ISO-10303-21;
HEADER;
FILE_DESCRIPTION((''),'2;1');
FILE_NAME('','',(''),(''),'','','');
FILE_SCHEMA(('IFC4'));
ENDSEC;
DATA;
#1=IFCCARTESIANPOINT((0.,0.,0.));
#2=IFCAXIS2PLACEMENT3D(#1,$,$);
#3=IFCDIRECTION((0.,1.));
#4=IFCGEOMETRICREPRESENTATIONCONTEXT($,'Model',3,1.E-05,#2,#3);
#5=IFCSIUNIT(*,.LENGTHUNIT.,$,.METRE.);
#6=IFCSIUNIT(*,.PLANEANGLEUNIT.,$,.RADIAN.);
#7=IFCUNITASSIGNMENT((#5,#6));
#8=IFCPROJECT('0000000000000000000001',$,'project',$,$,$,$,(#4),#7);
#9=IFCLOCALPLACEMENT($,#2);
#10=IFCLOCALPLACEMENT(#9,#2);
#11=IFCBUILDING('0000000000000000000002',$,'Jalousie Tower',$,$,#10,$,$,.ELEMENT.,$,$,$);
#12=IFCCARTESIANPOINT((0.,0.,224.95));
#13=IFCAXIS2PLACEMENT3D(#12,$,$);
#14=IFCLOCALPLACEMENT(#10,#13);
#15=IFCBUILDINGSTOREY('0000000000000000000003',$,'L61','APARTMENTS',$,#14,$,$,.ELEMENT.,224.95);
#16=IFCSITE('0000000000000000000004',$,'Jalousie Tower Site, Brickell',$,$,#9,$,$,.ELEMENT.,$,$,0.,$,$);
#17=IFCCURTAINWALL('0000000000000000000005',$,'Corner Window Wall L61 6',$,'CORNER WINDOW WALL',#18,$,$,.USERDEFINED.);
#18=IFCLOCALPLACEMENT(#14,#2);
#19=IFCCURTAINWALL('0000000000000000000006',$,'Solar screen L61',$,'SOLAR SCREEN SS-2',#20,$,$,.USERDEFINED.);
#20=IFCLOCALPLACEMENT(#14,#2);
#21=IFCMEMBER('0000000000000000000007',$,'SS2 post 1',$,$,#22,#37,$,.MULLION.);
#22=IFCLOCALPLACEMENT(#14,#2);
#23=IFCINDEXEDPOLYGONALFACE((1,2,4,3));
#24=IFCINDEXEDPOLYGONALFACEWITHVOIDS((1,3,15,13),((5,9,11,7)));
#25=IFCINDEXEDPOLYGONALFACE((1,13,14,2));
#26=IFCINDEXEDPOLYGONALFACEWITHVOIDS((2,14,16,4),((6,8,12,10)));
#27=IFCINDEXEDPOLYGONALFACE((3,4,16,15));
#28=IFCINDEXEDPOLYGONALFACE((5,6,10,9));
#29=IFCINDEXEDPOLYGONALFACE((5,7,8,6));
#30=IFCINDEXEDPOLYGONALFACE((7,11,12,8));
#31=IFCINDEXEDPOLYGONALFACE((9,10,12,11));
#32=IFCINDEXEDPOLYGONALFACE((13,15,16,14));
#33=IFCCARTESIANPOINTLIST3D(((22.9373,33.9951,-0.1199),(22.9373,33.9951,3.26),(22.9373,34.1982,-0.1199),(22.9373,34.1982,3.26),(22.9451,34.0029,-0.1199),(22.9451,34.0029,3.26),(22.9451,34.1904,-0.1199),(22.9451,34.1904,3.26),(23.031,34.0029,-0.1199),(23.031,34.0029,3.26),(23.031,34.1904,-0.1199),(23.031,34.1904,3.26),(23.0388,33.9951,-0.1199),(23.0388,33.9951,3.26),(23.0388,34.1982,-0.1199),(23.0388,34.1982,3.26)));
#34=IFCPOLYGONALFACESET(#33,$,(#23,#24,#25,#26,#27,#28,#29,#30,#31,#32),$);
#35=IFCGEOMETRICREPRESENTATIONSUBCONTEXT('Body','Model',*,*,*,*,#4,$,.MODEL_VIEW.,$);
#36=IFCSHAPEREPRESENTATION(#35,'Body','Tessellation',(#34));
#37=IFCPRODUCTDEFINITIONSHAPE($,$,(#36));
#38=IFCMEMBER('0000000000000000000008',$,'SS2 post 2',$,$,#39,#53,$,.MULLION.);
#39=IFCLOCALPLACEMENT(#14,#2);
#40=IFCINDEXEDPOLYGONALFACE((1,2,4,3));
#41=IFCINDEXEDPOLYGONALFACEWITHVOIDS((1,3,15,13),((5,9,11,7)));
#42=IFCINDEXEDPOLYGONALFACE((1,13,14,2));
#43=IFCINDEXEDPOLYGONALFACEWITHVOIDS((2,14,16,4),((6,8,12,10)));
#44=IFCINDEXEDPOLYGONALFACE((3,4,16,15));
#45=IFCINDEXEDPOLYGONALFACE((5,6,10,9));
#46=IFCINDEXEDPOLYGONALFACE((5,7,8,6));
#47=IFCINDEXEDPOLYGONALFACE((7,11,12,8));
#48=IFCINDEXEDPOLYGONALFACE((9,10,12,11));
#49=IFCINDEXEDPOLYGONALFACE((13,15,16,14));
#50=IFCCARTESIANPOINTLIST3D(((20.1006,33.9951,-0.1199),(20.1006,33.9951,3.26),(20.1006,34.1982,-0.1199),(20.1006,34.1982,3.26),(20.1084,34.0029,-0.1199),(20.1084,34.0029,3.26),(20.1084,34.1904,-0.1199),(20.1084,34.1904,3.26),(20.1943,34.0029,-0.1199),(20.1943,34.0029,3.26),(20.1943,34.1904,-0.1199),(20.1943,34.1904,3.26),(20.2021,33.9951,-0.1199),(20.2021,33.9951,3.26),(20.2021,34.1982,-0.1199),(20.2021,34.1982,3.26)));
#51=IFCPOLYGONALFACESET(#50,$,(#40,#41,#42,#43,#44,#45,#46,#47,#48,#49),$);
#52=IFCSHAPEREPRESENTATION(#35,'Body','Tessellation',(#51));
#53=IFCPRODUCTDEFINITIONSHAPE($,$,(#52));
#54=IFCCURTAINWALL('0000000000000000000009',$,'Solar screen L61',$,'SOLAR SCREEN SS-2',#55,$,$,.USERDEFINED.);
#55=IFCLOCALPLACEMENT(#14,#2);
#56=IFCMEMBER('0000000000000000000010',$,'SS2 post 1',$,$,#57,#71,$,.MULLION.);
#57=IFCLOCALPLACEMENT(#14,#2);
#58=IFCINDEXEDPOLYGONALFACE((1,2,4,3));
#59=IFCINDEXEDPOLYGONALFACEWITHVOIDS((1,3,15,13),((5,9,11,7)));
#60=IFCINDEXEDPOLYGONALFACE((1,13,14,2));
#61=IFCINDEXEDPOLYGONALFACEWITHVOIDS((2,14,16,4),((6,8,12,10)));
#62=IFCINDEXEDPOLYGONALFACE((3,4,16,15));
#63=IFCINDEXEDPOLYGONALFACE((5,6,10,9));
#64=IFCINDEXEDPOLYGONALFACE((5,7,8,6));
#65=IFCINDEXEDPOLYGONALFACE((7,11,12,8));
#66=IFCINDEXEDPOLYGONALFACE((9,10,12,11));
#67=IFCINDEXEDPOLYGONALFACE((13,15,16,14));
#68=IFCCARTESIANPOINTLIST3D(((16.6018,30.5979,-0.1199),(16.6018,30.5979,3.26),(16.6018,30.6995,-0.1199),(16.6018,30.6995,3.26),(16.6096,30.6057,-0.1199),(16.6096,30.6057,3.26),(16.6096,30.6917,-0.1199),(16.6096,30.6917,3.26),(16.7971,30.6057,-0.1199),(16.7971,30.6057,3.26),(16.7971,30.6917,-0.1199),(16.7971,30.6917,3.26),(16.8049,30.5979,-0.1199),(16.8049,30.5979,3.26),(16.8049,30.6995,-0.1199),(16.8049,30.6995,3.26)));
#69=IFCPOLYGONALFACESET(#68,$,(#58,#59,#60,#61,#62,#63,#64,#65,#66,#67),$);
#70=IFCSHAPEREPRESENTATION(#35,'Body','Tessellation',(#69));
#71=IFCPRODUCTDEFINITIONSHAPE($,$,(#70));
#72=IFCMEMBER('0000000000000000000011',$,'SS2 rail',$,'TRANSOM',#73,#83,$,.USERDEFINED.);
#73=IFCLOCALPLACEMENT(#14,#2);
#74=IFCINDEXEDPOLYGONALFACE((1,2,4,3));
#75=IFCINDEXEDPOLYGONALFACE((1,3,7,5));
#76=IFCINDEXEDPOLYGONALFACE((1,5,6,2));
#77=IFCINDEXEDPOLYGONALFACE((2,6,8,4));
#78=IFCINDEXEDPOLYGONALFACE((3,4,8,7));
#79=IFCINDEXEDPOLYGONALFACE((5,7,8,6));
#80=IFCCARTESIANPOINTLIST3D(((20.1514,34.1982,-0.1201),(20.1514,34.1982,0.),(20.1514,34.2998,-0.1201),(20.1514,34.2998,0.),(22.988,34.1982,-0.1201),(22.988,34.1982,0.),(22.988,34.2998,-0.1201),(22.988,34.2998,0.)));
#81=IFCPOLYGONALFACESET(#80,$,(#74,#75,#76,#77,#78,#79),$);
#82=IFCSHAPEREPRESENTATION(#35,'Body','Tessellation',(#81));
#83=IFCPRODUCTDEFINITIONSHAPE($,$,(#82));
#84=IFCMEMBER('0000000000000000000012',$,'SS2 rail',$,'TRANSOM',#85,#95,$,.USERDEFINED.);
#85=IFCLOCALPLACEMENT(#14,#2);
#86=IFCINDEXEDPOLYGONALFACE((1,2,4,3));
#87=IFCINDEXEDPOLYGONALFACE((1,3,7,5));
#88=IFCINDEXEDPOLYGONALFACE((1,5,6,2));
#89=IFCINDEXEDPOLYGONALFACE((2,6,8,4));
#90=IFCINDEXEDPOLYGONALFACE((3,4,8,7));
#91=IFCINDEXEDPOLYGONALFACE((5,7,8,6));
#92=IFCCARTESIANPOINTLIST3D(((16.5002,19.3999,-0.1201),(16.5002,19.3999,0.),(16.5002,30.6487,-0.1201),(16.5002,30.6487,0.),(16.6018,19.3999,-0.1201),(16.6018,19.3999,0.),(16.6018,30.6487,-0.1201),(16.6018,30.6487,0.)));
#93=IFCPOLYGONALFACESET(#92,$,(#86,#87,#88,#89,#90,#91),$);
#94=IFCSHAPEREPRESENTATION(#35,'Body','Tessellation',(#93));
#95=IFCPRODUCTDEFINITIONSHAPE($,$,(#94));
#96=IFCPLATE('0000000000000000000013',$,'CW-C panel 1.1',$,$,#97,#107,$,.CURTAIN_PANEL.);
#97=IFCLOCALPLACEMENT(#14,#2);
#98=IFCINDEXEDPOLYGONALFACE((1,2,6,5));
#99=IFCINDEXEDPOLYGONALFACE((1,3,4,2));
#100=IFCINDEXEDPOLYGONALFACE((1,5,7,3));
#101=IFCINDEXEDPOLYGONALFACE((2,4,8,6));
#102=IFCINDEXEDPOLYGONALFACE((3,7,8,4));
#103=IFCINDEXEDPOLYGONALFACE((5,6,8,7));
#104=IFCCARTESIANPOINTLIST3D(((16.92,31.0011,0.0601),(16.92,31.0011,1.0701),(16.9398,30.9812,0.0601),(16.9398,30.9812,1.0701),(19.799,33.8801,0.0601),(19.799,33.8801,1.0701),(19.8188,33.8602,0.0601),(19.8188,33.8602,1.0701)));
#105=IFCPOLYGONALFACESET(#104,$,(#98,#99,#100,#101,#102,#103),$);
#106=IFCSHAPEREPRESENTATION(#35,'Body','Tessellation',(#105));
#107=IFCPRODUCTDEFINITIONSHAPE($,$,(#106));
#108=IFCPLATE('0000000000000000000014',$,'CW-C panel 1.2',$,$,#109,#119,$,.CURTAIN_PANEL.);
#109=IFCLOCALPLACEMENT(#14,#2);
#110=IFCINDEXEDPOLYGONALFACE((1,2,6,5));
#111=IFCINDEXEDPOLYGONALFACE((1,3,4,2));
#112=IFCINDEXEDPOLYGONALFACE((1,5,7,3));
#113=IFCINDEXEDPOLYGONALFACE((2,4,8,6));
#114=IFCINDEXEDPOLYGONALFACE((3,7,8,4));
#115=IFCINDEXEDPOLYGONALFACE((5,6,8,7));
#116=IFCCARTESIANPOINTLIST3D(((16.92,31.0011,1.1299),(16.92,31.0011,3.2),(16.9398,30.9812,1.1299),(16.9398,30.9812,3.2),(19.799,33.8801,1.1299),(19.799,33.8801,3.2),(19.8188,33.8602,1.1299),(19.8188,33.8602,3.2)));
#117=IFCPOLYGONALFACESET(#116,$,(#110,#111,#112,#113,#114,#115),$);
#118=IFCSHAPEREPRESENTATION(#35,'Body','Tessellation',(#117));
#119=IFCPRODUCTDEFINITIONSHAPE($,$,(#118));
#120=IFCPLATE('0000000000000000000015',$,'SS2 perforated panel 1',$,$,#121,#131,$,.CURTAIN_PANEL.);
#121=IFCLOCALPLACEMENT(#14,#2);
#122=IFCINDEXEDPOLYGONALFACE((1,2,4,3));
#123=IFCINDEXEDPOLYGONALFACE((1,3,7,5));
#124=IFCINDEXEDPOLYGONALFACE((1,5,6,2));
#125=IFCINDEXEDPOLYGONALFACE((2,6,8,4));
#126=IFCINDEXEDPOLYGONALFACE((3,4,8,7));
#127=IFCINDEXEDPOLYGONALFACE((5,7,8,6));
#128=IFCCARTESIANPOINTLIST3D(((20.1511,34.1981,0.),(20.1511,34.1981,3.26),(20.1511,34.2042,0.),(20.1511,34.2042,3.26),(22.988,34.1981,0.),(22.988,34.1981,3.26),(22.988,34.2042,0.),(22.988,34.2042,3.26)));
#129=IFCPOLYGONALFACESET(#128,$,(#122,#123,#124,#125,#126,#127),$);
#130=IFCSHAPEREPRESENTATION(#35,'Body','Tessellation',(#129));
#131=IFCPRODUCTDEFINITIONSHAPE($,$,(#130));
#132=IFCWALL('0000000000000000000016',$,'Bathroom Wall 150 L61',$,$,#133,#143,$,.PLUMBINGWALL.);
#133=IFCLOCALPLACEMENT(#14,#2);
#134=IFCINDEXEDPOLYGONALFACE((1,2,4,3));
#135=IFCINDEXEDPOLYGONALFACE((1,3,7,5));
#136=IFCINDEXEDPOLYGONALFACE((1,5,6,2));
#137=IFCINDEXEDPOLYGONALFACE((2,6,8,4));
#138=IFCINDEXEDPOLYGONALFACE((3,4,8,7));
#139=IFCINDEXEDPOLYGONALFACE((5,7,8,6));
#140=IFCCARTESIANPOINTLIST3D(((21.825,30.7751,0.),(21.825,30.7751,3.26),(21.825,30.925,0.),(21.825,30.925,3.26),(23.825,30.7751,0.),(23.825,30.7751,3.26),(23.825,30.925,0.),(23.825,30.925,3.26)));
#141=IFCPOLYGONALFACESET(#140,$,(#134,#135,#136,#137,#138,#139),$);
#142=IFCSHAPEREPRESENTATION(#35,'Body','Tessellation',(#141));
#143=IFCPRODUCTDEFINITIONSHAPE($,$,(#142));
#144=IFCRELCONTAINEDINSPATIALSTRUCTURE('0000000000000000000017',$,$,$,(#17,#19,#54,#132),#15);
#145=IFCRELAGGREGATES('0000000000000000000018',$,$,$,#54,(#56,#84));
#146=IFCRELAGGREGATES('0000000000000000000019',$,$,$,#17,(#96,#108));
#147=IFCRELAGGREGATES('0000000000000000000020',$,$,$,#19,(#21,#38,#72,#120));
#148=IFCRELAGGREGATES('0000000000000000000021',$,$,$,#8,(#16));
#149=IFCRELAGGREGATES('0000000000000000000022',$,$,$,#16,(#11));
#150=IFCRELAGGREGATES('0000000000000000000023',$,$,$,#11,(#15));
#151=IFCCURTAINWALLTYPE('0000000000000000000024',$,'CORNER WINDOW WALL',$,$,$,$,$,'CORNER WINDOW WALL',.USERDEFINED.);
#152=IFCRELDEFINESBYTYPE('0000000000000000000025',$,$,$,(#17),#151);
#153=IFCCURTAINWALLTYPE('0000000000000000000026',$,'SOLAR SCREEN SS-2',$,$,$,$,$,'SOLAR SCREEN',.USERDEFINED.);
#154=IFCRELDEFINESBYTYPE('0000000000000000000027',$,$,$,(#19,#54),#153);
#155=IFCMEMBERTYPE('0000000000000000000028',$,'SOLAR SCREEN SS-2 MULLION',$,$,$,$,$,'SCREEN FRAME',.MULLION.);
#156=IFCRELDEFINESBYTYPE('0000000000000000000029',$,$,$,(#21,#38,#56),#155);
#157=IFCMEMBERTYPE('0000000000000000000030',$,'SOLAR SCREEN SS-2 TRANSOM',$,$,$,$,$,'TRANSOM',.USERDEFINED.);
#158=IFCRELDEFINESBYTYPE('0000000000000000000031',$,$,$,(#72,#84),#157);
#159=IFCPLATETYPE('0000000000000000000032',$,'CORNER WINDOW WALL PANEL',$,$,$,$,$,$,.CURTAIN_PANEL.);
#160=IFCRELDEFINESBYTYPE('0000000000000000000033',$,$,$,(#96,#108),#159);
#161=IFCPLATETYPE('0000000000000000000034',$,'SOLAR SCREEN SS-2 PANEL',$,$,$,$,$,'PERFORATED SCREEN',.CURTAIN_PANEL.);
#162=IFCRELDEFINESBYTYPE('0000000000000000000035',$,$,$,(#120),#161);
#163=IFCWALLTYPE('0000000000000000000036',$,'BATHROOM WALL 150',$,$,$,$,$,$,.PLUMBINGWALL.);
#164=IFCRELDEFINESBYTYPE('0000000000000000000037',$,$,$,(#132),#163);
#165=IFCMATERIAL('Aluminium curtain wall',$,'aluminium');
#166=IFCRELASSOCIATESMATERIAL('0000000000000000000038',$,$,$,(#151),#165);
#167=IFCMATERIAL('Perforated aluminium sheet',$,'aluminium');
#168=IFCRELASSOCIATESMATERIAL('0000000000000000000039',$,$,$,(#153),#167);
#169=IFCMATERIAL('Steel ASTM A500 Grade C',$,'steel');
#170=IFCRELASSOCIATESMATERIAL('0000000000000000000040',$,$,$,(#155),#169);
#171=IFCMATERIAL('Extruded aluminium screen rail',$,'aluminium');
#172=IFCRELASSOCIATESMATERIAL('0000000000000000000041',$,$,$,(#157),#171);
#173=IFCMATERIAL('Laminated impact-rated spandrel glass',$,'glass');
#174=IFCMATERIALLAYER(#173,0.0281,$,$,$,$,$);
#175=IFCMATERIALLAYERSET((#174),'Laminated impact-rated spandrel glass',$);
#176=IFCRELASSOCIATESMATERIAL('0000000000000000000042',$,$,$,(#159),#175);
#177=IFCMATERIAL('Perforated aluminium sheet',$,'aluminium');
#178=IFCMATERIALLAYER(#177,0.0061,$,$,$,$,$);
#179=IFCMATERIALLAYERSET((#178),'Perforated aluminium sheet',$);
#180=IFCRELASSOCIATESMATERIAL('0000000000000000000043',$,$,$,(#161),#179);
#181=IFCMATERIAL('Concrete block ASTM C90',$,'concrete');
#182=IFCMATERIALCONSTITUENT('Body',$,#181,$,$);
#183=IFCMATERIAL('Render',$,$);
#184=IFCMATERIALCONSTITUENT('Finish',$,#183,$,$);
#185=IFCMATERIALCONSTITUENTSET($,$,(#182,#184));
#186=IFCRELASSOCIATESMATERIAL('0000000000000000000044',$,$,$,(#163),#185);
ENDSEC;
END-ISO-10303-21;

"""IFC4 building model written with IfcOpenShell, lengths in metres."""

from ifc_helpers import new_model, si_unit, direction, frame, frame_2d, origin, origin_2d, place, context, subcontext, project, spatial, rectangle, hollow_rectangle, extrude, material, layer, layer_set, constituent, constituent_set, material_profile, profile_set, type_object, element, aggregate, save


model = new_model("IFC4")

# Units and contexts
model_context = context("Model", 3, precision=1e-05, world=origin(), true_north=direction((0.0, 1.0)))
body_context = subcontext(model_context, "Body", "Model", "MODEL_VIEW")
ifc_project = project(units=[si_unit("LENGTHUNIT", "METRE"), si_unit("PLANEANGLEUNIT", "RADIAN")], contexts=[model_context])

# Site, building, storey
site_placement = place(None, origin())
site = spatial("IfcSite", under=ifc_project, at=site_placement, Name="Jalousie Tower Site, Brickell", CompositionType="ELEMENT", RefElevation=0.0)
building_placement = place(site_placement, origin())
building = spatial("IfcBuilding", under=site, at=building_placement, Name="Jalousie Tower", CompositionType="ELEMENT")
storey_placement = place(building_placement, frame((0.0, 0.0, 224.95)))
storey = spatial("IfcBuildingStorey", under=building, at=storey_placement, Name="L61", Description="APARTMENTS", CompositionType="ELEMENT", Elevation=224.95)

# Curtain wall
ifc_material_1 = material(Name="Aluminium curtain wall", Category="aluminium")
curtain_wall_type_1 = type_object("IfcCurtainWallType", Name="CORNER WINDOW WALL", ElementType="CORNER WINDOW WALL", PredefinedType="USERDEFINED", material=ifc_material_1)
curtain_wall_1_placement = place(storey_placement, origin())
curtain_wall_1 = element("IfcCurtainWall", 1, at=curtain_wall_1_placement, inside=storey, type_object=curtain_wall_type_1, Name="Corner Window Wall L61 6", ObjectType="CORNER WINDOW WALL", PredefinedType="USERDEFINED")

# Curtain wall, members
ifc_material_2 = material(Name="Perforated aluminium sheet", Category="aluminium")
curtain_wall_type_2 = type_object("IfcCurtainWallType", Name="SOLAR SCREEN SS-2", ElementType="SOLAR SCREEN", PredefinedType="USERDEFINED", material=ifc_material_2)
curtain_wall_2_placement = place(storey_placement, origin())
curtain_wall_2 = element("IfcCurtainWall", 2, at=curtain_wall_2_placement, inside=storey, type_object=curtain_wall_type_2, Name="Solar screen L61", ObjectType="SOLAR SCREEN SS-2", PredefinedType="USERDEFINED")
ifc_material_3 = material(Name="Steel ASTM A500 Grade C", Category="steel")
ifc_material_profile_1 = material_profile(ifc_material_3, hollow_rectangle(XDim=0.1016, YDim=0.2031, WallThickness=0.0078, at=origin_2d()), Name="HSS8X4X5/16")
ifc_profile_set_1 = profile_set([ifc_material_profile_1], Name="Steel ASTM A500 Grade C")
member_type_1 = type_object("IfcMemberType", Name="SOLAR SCREEN SS-2 MULLION", ElementType="SCREEN FRAME", PredefinedType="MULLION", material=ifc_profile_set_1)
member_1_placement = place(storey_placement, frame((22.988, 34.0967, -0.1199), z_axis=(0.0, 0.0, 1.0), x_axis=(-1.0, 0.0, 0.0)))
member_1 = element("IfcMember", 3, at=member_1_placement, type_object=member_type_1, Name="SS2 post 1", PredefinedType="MULLION", context=body_context, shape_type="SweptSolid", body=[
    extrude(hollow_rectangle(XDim=0.1016, YDim=0.2031, WallThickness=0.0078, at=origin_2d()), origin(), (0.0, 0.0, 1.0), 3.3799),
])
member_2_placement = place(storey_placement, frame((20.1514, 34.0967, -0.1199), z_axis=(0.0, 0.0, 1.0), x_axis=(-1.0, 0.0, 0.0)))
member_2 = element("IfcMember", 4, at=member_2_placement, type_object=member_type_1, Name="SS2 post 2", PredefinedType="MULLION", context=body_context, shape_type="SweptSolid", body=[
    extrude(hollow_rectangle(XDim=0.1016, YDim=0.2031, WallThickness=0.0078, at=origin_2d()), origin(), (0.0, 0.0, 1.0), 3.3799),
])

# Curtain wall, member
curtain_wall_3_placement = place(storey_placement, origin())
curtain_wall_3 = element("IfcCurtainWall", 5, at=curtain_wall_3_placement, inside=storey, type_object=curtain_wall_type_2, Name="Solar screen L61", ObjectType="SOLAR SCREEN SS-2", PredefinedType="USERDEFINED")
member_3_placement = place(storey_placement, frame((16.7034, 30.6487, -0.1199), z_axis=(0.0, 0.0, 1.0), x_axis=(0.0, -1.0, 0.0)))
member_3 = element("IfcMember", 6, at=member_3_placement, type_object=member_type_1, Name="SS2 post 1", PredefinedType="MULLION", context=body_context, shape_type="SweptSolid", body=[
    extrude(hollow_rectangle(XDim=0.1016, YDim=0.2031, WallThickness=0.0078, at=origin_2d()), origin(), (0.0, 0.0, 1.0), 3.3799),
])

# Members
ifc_material_4 = material(Name="Extruded aluminium screen rail", Category="aluminium")
ifc_material_profile_2 = material_profile(ifc_material_4, rectangle(XDim=0.1016, YDim=0.1201, at=origin_2d()), Name="RAIL 102x120")
ifc_profile_set_2 = profile_set([ifc_material_profile_2], Name="Extruded aluminium screen rail")
member_type_2 = type_object("IfcMemberType", Name="SOLAR SCREEN SS-2 TRANSOM", ElementType="TRANSOM", PredefinedType="USERDEFINED", material=ifc_profile_set_2)
member_4_placement = place(storey_placement, frame((22.988, 34.249, -0.0601), z_axis=(-1.0, 0.0, 0.0), x_axis=(0.0, -1.0, 0.0)))
member_4 = element("IfcMember", 7, at=member_4_placement, type_object=member_type_2, Name="SS2 rail", ObjectType="TRANSOM", PredefinedType="USERDEFINED", context=body_context, shape_type="SweptSolid", body=[
    extrude(rectangle(XDim=0.1016, YDim=0.1201, at=origin_2d()), origin(), (0.0, 0.0, 1.0), 2.8367),
])
member_5_placement = place(storey_placement, frame((16.551, 30.6487, -0.0601), z_axis=(0.0, -1.0, 0.0), x_axis=(1.0, 0.0, 0.0)))
member_5 = element("IfcMember", 8, at=member_5_placement, type_object=member_type_2, Name="SS2 rail", ObjectType="TRANSOM", PredefinedType="USERDEFINED", context=body_context, shape_type="SweptSolid", body=[
    extrude(rectangle(XDim=0.1016, YDim=0.1201, at=origin_2d()), origin(), (0.0, 0.0, 1.0), 11.2488),
])
aggregate(curtain_wall_3, [member_3, member_5])

# Plates
ifc_material_5 = material(Name="Laminated impact-rated spandrel glass", Category="glass")
ifc_layer_1 = layer(ifc_material_5, 0.0281)
ifc_layer_set_1 = layer_set([ifc_layer_1], Name="Laminated impact-rated spandrel glass")
plate_type_1 = type_object("IfcPlateType", Name="CORNER WINDOW WALL PANEL", PredefinedType="CURTAIN_PANEL", material=ifc_layer_set_1)
plate_1_placement = place(storey_placement, frame((18.3694, 32.4307, 0.0601), z_axis=(0.0, 0.0, 1.0), x_axis=(-0.707107, -0.707107, 0.0)))
plate_1 = element("IfcPlate", 9, at=plate_1_placement, type_object=plate_type_1, Name="CW-C panel 1.1", PredefinedType="CURTAIN_PANEL", context=body_context, shape_type="SweptSolid", body=[
    extrude(rectangle(XDim=4.0715, YDim=0.0281, at=origin_2d()), origin(), (0.0, 0.0, 1.0), 1.01),
])
plate_2_placement = place(storey_placement, frame((18.3694, 32.4307, 1.1299), z_axis=(0.0, 0.0, 1.0), x_axis=(-0.707107, -0.707107, 0.0)))
plate_2 = element("IfcPlate", 10, at=plate_2_placement, type_object=plate_type_1, Name="CW-C panel 1.2", PredefinedType="CURTAIN_PANEL", context=body_context, shape_type="SweptSolid", body=[
    extrude(rectangle(XDim=4.0715, YDim=0.0281, at=origin_2d()), origin(), (0.0, 0.0, 1.0), 2.0701),
])
aggregate(curtain_wall_1, [plate_1, plate_2])
ifc_material_6 = material(Name="Perforated aluminium sheet", Category="aluminium")
ifc_layer_2 = layer(ifc_material_6, 0.0061)
ifc_layer_set_2 = layer_set([ifc_layer_2], Name="Perforated aluminium sheet")
plate_type_2 = type_object("IfcPlateType", Name="SOLAR SCREEN SS-2 PANEL", ElementType="PERFORATED SCREEN", PredefinedType="CURTAIN_PANEL", material=ifc_layer_set_2)
plate_3_placement = place(storey_placement, frame((21.5696, 34.2012, 0.0), z_axis=(0.0, 0.0, 1.0), x_axis=(-1.0, 0.0, 0.0)))
plate_3 = element("IfcPlate", 11, at=plate_3_placement, type_object=plate_type_2, Name="SS2 perforated panel 1", PredefinedType="CURTAIN_PANEL", context=body_context, shape_type="SweptSolid", body=[
    extrude(rectangle(XDim=2.8369, YDim=0.0061, at=origin_2d()), origin(), (0.0, 0.0, 1.0), 3.26),
])
aggregate(curtain_wall_2, [member_1, member_2, member_4, plate_3])

# Wall
ifc_material_7 = material(Name="Concrete block ASTM C90", Category="concrete")
ifc_constituent_1 = constituent(ifc_material_7, Name="Body")
ifc_material_8 = material(Name="Render")
ifc_constituent_2 = constituent(ifc_material_8, Name="Finish")
ifc_constituent_set_1 = constituent_set(constituents=[ifc_constituent_1, ifc_constituent_2])
wall_type_1 = type_object("IfcWallType", Name="BATHROOM WALL 150", PredefinedType="PLUMBINGWALL", material=ifc_constituent_set_1)
wall_1_placement = place(storey_placement, frame((21.825, 30.8501, 0.0), z_axis=(0.0, 0.0, 1.0), x_axis=(1.0, 0.0, 0.0)))
element("IfcWall", 12, at=wall_1_placement, inside=storey, type_object=wall_type_1, Name="Bathroom Wall 150 L61", PredefinedType="PLUMBINGWALL", context=body_context, shape_type="SweptSolid", body=[
    extrude(rectangle(XDim=2.0, YDim=0.1499, at=frame_2d((1.0, 0.0))), origin(), (0.0, 0.0, 1.0), 3.26),
])

save(model, "model.ifc")
